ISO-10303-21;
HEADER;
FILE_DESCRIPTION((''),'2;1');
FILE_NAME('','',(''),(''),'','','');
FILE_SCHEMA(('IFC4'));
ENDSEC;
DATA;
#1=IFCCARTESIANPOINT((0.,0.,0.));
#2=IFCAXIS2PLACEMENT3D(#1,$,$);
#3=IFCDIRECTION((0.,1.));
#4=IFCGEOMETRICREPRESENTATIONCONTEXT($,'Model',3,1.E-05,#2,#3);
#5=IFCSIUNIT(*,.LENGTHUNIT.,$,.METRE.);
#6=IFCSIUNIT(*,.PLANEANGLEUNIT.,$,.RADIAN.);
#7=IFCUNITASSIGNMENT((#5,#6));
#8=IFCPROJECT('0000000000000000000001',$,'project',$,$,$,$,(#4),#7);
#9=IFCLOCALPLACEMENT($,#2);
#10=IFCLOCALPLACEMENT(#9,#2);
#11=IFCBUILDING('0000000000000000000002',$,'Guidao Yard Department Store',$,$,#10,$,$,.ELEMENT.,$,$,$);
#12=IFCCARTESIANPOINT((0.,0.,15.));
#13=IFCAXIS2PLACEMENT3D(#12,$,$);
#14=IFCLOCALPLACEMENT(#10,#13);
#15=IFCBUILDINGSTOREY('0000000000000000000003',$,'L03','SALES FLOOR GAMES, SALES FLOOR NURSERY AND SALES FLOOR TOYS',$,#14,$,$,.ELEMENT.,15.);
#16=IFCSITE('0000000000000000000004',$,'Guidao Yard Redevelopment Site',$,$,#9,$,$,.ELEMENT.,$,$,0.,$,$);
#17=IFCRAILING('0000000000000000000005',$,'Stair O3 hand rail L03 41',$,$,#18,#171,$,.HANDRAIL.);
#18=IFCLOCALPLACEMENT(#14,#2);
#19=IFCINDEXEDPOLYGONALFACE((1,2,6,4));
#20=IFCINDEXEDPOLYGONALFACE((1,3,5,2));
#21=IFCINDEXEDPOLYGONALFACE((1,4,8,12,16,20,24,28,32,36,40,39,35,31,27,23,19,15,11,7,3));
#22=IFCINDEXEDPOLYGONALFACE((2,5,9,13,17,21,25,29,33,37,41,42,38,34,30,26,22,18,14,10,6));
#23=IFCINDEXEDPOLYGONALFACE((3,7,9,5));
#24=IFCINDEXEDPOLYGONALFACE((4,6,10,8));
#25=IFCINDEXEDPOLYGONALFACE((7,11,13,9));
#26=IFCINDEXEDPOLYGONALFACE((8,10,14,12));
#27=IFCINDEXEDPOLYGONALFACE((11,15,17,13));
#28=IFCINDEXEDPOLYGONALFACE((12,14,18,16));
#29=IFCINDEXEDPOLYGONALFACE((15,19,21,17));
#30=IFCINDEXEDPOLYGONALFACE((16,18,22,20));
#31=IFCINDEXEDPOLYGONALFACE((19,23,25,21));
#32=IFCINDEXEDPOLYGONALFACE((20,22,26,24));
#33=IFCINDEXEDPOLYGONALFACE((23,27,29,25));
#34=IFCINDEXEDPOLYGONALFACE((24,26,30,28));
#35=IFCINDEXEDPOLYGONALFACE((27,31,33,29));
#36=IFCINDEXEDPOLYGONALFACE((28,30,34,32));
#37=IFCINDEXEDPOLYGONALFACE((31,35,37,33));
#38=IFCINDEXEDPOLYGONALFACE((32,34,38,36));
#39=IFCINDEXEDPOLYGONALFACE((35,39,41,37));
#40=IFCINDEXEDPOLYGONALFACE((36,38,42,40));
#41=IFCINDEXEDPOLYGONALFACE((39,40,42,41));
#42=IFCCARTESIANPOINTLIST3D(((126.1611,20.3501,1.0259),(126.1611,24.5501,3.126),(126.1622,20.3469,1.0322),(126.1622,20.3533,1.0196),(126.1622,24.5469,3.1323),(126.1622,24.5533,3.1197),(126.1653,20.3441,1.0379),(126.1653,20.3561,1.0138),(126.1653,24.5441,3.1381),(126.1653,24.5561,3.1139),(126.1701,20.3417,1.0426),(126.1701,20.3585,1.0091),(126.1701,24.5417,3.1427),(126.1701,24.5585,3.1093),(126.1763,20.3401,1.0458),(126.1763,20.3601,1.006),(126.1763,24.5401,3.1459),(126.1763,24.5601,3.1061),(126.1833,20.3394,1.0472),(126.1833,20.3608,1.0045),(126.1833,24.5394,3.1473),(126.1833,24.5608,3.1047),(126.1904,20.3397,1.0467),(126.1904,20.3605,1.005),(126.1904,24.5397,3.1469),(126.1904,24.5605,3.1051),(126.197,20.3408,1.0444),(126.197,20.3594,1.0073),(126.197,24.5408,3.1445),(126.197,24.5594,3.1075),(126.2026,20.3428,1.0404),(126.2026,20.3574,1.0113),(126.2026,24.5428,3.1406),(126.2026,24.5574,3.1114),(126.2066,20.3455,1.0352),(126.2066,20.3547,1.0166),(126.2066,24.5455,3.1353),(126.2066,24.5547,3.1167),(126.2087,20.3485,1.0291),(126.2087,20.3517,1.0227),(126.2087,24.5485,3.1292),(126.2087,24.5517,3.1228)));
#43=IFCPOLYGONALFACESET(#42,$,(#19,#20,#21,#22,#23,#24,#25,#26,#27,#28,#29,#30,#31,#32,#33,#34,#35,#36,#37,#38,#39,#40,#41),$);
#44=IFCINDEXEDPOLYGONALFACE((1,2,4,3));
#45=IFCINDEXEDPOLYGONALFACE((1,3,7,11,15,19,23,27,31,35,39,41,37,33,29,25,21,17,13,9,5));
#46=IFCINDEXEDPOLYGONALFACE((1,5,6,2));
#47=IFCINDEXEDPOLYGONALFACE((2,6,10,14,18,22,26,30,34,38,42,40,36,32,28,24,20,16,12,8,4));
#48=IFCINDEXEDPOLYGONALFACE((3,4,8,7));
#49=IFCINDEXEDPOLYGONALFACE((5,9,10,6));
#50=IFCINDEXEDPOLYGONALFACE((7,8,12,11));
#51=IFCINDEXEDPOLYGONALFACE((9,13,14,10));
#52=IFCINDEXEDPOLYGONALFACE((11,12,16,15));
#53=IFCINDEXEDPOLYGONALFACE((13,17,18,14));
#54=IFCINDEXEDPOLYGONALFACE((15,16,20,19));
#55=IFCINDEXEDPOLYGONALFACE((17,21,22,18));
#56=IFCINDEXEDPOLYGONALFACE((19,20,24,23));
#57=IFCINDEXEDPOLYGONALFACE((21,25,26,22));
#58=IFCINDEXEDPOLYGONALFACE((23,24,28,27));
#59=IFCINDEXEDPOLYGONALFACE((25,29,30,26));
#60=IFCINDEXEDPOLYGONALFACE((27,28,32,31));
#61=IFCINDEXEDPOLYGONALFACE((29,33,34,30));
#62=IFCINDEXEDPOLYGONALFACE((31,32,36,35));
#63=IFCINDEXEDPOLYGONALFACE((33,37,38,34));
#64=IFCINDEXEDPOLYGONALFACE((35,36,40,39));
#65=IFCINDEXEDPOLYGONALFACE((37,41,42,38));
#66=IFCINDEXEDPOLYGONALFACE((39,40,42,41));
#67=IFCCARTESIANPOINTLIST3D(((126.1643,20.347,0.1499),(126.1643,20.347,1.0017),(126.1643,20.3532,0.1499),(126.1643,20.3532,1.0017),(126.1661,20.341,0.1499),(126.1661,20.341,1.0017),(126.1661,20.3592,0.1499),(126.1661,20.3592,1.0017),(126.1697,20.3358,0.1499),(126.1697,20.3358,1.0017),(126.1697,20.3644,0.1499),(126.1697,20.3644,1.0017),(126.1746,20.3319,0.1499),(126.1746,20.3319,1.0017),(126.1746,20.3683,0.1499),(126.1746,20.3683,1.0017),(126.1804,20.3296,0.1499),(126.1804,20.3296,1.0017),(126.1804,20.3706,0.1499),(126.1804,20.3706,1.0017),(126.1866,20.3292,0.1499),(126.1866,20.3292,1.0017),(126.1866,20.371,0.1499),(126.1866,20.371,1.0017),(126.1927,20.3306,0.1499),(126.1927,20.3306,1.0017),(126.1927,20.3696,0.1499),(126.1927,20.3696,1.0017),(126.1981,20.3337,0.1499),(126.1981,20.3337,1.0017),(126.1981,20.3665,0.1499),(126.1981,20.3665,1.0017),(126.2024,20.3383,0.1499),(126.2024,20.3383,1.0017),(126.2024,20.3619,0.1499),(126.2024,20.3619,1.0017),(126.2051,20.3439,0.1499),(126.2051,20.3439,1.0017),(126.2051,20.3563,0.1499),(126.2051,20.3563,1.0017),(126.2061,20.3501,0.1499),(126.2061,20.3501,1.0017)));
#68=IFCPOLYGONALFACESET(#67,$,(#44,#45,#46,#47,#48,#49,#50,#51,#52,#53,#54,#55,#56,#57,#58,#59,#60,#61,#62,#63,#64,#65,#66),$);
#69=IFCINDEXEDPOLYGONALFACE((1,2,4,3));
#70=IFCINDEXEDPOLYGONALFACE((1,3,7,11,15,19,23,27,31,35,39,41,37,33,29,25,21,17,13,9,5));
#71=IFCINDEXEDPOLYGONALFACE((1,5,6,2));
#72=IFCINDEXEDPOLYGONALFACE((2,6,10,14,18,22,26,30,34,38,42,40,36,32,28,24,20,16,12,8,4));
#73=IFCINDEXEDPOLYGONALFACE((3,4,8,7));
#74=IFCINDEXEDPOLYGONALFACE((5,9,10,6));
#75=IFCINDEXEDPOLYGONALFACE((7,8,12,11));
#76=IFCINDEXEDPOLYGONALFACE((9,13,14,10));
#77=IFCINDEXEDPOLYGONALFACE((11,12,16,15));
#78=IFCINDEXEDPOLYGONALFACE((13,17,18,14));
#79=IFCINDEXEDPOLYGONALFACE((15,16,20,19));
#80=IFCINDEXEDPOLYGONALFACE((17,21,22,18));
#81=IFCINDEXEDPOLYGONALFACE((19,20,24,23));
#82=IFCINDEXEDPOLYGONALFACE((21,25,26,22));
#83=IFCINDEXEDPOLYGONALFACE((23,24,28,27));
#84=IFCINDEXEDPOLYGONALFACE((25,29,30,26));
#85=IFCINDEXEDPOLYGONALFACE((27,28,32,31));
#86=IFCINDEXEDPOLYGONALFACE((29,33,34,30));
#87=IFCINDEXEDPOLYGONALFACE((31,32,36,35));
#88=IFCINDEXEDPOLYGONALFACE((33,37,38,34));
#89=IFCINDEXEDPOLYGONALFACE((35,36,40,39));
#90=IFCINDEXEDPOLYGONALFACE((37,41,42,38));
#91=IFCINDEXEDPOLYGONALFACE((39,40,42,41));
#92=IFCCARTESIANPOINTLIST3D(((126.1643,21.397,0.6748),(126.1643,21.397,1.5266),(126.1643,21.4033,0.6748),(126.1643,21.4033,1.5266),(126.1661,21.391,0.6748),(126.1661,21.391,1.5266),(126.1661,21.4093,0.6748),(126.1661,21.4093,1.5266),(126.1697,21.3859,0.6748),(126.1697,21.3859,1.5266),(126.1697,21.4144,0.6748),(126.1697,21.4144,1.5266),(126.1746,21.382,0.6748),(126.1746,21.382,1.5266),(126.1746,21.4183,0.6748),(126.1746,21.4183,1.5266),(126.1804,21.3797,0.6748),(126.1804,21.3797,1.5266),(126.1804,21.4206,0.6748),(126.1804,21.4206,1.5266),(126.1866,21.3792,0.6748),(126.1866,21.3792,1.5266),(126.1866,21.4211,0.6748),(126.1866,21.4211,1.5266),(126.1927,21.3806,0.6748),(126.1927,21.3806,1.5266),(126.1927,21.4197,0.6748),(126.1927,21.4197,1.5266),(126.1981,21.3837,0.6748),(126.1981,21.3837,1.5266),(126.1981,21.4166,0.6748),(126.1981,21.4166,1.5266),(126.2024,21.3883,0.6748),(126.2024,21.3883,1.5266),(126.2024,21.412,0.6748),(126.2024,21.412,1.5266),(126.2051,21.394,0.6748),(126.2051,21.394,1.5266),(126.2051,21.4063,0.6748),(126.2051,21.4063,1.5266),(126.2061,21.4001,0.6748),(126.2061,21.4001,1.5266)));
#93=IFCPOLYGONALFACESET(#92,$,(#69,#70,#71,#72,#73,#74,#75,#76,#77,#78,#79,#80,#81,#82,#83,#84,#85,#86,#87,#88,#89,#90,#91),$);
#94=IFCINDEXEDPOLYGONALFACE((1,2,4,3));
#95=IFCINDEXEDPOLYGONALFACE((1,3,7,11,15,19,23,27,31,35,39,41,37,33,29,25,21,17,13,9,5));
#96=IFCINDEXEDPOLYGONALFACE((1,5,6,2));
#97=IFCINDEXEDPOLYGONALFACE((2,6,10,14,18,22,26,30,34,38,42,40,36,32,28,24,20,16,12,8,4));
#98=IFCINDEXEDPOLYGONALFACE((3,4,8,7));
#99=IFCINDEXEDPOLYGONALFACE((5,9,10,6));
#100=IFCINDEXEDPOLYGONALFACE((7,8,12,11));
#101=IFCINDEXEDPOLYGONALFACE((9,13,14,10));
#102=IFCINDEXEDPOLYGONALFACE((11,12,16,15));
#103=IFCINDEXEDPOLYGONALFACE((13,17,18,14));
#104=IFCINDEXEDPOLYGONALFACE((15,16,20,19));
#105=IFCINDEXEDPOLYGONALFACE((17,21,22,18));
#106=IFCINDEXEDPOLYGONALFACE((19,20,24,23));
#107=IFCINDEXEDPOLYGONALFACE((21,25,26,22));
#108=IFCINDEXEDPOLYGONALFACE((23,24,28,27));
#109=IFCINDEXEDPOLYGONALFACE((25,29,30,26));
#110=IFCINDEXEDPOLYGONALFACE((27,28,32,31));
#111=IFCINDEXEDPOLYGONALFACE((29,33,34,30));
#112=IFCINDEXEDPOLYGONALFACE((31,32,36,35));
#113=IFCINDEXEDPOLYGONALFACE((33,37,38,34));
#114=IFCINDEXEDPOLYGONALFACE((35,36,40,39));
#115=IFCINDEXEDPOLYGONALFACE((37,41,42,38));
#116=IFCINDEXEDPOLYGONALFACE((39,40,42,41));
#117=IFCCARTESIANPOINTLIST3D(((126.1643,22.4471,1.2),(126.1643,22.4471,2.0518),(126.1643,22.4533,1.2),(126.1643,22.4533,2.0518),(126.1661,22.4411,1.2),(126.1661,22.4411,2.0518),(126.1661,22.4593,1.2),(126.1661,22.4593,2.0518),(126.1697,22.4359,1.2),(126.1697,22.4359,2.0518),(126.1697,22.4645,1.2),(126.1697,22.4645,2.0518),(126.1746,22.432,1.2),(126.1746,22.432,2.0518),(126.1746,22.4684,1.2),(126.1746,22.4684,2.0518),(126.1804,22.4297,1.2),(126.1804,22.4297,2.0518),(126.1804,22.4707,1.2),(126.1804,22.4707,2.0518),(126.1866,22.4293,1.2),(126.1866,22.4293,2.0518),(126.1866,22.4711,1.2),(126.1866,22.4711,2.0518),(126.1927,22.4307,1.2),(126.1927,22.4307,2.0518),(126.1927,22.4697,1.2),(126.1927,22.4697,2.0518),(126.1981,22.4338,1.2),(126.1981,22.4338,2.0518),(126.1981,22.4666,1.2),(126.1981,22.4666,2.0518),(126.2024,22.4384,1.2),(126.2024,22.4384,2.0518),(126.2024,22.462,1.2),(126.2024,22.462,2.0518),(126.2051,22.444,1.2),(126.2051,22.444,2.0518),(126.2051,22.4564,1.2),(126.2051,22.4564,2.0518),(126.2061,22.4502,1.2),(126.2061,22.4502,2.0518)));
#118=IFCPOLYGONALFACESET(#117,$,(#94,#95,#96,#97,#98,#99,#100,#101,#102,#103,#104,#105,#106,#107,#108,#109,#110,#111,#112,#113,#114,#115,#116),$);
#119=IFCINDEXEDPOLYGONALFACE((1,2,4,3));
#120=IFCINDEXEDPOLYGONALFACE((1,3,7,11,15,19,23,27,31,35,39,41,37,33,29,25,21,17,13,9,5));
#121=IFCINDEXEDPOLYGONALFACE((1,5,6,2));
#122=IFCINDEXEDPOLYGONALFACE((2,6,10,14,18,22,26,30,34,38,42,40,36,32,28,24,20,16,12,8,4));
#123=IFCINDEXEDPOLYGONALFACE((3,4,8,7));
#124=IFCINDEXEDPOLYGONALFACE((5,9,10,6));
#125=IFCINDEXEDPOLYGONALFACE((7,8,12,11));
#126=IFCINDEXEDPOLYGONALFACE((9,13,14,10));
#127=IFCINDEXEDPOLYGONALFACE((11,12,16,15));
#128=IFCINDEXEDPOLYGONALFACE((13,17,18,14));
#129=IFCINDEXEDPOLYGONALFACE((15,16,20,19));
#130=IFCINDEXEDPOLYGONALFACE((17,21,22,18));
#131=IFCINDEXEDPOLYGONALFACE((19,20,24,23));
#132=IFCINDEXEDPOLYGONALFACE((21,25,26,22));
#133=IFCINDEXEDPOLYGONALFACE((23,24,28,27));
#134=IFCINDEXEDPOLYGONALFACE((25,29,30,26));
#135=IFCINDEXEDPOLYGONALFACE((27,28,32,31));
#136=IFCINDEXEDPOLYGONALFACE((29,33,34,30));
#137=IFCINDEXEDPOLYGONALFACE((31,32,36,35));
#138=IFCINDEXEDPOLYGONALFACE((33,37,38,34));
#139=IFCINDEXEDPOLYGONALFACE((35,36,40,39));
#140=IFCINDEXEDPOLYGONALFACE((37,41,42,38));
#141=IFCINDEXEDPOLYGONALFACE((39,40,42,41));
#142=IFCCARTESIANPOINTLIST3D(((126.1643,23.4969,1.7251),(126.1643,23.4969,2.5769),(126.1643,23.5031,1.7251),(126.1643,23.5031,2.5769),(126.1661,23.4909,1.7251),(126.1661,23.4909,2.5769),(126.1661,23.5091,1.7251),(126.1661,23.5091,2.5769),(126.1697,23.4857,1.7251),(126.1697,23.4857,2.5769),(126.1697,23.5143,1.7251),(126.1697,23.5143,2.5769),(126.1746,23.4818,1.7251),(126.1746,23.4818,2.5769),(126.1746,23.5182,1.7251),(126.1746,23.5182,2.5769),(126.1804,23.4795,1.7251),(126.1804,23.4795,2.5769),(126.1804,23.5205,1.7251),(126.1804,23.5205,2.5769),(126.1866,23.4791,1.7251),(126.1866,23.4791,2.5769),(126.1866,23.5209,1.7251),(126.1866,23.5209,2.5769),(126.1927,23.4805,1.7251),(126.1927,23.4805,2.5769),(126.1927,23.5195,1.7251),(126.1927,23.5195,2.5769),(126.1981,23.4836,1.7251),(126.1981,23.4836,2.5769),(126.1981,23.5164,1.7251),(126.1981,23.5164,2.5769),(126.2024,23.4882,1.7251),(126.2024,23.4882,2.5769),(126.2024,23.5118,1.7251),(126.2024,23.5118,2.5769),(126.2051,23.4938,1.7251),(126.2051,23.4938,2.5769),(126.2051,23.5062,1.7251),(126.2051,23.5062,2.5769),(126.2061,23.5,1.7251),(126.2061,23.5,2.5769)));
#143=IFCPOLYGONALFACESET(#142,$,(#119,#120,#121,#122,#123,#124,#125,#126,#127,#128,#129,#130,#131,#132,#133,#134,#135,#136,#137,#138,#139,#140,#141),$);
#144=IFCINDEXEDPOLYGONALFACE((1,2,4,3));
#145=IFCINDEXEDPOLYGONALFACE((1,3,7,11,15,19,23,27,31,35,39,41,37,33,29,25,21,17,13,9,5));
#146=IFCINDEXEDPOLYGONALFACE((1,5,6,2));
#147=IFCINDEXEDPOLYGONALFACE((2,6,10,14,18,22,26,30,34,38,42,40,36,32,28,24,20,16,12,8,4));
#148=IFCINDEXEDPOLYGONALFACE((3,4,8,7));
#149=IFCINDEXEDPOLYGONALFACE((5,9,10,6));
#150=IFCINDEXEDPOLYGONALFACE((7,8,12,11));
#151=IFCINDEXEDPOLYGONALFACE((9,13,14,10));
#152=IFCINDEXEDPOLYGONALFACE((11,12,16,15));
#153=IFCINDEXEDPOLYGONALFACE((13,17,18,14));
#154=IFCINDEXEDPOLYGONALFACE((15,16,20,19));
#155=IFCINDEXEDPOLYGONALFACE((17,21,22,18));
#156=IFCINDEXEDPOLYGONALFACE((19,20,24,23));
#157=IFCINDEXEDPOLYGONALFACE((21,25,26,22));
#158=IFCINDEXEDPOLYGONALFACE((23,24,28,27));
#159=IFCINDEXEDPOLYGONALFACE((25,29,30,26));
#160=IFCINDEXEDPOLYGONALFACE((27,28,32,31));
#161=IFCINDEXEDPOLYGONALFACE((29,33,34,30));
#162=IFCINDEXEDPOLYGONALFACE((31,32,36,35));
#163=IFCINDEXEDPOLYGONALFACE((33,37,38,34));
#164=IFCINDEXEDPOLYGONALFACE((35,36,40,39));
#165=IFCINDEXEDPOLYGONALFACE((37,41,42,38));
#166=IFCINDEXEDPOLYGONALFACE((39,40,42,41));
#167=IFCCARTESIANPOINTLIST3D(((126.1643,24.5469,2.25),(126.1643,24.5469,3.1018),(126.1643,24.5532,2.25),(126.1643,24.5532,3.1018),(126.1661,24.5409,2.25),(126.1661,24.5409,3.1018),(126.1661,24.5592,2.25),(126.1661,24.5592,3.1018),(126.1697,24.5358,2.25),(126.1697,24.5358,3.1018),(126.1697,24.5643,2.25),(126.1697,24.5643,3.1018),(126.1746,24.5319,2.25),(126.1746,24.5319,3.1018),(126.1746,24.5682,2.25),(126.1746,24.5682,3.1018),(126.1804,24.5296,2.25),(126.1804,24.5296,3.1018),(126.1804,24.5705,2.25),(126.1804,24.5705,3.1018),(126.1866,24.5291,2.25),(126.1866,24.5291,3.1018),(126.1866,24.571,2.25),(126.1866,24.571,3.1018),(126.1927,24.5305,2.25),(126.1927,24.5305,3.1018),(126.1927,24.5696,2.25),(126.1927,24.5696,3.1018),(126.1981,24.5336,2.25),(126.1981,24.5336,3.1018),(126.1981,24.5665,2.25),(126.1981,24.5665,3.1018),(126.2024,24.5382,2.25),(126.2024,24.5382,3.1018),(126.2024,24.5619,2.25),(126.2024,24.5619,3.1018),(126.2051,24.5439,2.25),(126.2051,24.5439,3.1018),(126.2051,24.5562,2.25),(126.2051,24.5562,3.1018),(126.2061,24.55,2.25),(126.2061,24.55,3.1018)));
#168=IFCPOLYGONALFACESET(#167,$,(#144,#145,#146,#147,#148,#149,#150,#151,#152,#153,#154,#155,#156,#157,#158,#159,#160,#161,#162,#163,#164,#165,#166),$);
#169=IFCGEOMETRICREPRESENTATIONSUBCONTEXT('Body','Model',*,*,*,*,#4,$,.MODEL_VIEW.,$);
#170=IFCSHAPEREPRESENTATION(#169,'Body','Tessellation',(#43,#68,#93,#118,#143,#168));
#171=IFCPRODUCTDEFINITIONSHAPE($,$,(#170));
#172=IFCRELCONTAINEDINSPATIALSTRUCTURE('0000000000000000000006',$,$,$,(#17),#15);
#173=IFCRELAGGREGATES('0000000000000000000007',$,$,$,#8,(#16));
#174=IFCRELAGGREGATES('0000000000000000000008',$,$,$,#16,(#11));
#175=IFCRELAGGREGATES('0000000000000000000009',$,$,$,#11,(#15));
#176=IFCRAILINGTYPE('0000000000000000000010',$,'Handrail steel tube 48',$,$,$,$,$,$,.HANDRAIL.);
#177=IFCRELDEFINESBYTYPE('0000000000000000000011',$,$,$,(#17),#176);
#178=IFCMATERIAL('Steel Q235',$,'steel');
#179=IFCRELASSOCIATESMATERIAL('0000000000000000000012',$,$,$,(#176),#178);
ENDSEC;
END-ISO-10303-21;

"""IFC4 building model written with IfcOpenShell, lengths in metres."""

from ifc_helpers import new_model, si_unit, direction, frame, origin, origin_2d, place, context, subcontext, project, spatial, circle, extrude, material, type_object, element, save


model = new_model("IFC4")

# Units and contexts
model_context = context("Model", 3, precision=1e-05, world=origin(), true_north=direction((0.0, 1.0)))
body_context = subcontext(model_context, "Body", "Model", "MODEL_VIEW")
ifc_project = project(units=[si_unit("LENGTHUNIT", "METRE"), si_unit("PLANEANGLEUNIT", "RADIAN")], contexts=[model_context])

# Site, building, storey
site_placement = place(None, origin())
site = spatial("IfcSite", under=ifc_project, at=site_placement, Name="Guidao Yard Redevelopment Site", CompositionType="ELEMENT", RefElevation=0.0)
building_placement = place(site_placement, origin())
building = spatial("IfcBuilding", under=site, at=building_placement, Name="Guidao Yard Department Store", CompositionType="ELEMENT")
storey_placement = place(building_placement, frame((0.0, 0.0, 15.0)))
storey = spatial("IfcBuildingStorey", under=building, at=storey_placement, Name="L03", Description="SALES FLOOR GAMES, SALES FLOOR NURSERY AND SALES FLOOR TOYS", CompositionType="ELEMENT", Elevation=15.0)

# Railing
ifc_material_1 = material(Name="Steel Q235", Category="steel")
railing_type_1 = type_object("IfcRailingType", Name="Handrail steel tube 48", PredefinedType="HANDRAIL", material=ifc_material_1)
for number, where, name in (
    (1, (126.1851, 20.3501, 0.1499), "Stair O3 hand rail L03 41"),
):
    element("IfcRailing", number, at=place(storey_placement, frame(where)), inside=storey, type_object=railing_type_1, Name=name, PredefinedType="HANDRAIL", context=body_context, shape_type="SweptSolid", body=[
        extrude(circle(Radius=0.0239, at=origin_2d()), frame((0.0, 0.0, 0.876), z_axis=(0.0, 0.894417, 0.447234), x_axis=(-1.0, 0.0, 0.0)), (0.0, 0.0, 1.0), 4.6958),
        extrude(circle(Radius=0.021, at=origin_2d()), origin(), (0.0, 0.0, 1.0), 0.8518),
        extrude(circle(Radius=0.021, at=origin_2d()), frame((0.0, 1.05, 0.5249)), (0.0, 0.0, 1.0), 0.8518),
        extrude(circle(Radius=0.021, at=origin_2d()), frame((0.0, 2.1001, 1.05)), (0.0, 0.0, 1.0), 0.8518),
        extrude(circle(Radius=0.021, at=origin_2d()), frame((0.0, 3.1499, 1.5752)), (0.0, 0.0, 1.0), 0.8518),
        extrude(circle(Radius=0.021, at=origin_2d()), frame((0.0, 4.2, 2.1001)), (0.0, 0.0, 1.0), 0.8518),
    ])

save(model, "model.ifc")
